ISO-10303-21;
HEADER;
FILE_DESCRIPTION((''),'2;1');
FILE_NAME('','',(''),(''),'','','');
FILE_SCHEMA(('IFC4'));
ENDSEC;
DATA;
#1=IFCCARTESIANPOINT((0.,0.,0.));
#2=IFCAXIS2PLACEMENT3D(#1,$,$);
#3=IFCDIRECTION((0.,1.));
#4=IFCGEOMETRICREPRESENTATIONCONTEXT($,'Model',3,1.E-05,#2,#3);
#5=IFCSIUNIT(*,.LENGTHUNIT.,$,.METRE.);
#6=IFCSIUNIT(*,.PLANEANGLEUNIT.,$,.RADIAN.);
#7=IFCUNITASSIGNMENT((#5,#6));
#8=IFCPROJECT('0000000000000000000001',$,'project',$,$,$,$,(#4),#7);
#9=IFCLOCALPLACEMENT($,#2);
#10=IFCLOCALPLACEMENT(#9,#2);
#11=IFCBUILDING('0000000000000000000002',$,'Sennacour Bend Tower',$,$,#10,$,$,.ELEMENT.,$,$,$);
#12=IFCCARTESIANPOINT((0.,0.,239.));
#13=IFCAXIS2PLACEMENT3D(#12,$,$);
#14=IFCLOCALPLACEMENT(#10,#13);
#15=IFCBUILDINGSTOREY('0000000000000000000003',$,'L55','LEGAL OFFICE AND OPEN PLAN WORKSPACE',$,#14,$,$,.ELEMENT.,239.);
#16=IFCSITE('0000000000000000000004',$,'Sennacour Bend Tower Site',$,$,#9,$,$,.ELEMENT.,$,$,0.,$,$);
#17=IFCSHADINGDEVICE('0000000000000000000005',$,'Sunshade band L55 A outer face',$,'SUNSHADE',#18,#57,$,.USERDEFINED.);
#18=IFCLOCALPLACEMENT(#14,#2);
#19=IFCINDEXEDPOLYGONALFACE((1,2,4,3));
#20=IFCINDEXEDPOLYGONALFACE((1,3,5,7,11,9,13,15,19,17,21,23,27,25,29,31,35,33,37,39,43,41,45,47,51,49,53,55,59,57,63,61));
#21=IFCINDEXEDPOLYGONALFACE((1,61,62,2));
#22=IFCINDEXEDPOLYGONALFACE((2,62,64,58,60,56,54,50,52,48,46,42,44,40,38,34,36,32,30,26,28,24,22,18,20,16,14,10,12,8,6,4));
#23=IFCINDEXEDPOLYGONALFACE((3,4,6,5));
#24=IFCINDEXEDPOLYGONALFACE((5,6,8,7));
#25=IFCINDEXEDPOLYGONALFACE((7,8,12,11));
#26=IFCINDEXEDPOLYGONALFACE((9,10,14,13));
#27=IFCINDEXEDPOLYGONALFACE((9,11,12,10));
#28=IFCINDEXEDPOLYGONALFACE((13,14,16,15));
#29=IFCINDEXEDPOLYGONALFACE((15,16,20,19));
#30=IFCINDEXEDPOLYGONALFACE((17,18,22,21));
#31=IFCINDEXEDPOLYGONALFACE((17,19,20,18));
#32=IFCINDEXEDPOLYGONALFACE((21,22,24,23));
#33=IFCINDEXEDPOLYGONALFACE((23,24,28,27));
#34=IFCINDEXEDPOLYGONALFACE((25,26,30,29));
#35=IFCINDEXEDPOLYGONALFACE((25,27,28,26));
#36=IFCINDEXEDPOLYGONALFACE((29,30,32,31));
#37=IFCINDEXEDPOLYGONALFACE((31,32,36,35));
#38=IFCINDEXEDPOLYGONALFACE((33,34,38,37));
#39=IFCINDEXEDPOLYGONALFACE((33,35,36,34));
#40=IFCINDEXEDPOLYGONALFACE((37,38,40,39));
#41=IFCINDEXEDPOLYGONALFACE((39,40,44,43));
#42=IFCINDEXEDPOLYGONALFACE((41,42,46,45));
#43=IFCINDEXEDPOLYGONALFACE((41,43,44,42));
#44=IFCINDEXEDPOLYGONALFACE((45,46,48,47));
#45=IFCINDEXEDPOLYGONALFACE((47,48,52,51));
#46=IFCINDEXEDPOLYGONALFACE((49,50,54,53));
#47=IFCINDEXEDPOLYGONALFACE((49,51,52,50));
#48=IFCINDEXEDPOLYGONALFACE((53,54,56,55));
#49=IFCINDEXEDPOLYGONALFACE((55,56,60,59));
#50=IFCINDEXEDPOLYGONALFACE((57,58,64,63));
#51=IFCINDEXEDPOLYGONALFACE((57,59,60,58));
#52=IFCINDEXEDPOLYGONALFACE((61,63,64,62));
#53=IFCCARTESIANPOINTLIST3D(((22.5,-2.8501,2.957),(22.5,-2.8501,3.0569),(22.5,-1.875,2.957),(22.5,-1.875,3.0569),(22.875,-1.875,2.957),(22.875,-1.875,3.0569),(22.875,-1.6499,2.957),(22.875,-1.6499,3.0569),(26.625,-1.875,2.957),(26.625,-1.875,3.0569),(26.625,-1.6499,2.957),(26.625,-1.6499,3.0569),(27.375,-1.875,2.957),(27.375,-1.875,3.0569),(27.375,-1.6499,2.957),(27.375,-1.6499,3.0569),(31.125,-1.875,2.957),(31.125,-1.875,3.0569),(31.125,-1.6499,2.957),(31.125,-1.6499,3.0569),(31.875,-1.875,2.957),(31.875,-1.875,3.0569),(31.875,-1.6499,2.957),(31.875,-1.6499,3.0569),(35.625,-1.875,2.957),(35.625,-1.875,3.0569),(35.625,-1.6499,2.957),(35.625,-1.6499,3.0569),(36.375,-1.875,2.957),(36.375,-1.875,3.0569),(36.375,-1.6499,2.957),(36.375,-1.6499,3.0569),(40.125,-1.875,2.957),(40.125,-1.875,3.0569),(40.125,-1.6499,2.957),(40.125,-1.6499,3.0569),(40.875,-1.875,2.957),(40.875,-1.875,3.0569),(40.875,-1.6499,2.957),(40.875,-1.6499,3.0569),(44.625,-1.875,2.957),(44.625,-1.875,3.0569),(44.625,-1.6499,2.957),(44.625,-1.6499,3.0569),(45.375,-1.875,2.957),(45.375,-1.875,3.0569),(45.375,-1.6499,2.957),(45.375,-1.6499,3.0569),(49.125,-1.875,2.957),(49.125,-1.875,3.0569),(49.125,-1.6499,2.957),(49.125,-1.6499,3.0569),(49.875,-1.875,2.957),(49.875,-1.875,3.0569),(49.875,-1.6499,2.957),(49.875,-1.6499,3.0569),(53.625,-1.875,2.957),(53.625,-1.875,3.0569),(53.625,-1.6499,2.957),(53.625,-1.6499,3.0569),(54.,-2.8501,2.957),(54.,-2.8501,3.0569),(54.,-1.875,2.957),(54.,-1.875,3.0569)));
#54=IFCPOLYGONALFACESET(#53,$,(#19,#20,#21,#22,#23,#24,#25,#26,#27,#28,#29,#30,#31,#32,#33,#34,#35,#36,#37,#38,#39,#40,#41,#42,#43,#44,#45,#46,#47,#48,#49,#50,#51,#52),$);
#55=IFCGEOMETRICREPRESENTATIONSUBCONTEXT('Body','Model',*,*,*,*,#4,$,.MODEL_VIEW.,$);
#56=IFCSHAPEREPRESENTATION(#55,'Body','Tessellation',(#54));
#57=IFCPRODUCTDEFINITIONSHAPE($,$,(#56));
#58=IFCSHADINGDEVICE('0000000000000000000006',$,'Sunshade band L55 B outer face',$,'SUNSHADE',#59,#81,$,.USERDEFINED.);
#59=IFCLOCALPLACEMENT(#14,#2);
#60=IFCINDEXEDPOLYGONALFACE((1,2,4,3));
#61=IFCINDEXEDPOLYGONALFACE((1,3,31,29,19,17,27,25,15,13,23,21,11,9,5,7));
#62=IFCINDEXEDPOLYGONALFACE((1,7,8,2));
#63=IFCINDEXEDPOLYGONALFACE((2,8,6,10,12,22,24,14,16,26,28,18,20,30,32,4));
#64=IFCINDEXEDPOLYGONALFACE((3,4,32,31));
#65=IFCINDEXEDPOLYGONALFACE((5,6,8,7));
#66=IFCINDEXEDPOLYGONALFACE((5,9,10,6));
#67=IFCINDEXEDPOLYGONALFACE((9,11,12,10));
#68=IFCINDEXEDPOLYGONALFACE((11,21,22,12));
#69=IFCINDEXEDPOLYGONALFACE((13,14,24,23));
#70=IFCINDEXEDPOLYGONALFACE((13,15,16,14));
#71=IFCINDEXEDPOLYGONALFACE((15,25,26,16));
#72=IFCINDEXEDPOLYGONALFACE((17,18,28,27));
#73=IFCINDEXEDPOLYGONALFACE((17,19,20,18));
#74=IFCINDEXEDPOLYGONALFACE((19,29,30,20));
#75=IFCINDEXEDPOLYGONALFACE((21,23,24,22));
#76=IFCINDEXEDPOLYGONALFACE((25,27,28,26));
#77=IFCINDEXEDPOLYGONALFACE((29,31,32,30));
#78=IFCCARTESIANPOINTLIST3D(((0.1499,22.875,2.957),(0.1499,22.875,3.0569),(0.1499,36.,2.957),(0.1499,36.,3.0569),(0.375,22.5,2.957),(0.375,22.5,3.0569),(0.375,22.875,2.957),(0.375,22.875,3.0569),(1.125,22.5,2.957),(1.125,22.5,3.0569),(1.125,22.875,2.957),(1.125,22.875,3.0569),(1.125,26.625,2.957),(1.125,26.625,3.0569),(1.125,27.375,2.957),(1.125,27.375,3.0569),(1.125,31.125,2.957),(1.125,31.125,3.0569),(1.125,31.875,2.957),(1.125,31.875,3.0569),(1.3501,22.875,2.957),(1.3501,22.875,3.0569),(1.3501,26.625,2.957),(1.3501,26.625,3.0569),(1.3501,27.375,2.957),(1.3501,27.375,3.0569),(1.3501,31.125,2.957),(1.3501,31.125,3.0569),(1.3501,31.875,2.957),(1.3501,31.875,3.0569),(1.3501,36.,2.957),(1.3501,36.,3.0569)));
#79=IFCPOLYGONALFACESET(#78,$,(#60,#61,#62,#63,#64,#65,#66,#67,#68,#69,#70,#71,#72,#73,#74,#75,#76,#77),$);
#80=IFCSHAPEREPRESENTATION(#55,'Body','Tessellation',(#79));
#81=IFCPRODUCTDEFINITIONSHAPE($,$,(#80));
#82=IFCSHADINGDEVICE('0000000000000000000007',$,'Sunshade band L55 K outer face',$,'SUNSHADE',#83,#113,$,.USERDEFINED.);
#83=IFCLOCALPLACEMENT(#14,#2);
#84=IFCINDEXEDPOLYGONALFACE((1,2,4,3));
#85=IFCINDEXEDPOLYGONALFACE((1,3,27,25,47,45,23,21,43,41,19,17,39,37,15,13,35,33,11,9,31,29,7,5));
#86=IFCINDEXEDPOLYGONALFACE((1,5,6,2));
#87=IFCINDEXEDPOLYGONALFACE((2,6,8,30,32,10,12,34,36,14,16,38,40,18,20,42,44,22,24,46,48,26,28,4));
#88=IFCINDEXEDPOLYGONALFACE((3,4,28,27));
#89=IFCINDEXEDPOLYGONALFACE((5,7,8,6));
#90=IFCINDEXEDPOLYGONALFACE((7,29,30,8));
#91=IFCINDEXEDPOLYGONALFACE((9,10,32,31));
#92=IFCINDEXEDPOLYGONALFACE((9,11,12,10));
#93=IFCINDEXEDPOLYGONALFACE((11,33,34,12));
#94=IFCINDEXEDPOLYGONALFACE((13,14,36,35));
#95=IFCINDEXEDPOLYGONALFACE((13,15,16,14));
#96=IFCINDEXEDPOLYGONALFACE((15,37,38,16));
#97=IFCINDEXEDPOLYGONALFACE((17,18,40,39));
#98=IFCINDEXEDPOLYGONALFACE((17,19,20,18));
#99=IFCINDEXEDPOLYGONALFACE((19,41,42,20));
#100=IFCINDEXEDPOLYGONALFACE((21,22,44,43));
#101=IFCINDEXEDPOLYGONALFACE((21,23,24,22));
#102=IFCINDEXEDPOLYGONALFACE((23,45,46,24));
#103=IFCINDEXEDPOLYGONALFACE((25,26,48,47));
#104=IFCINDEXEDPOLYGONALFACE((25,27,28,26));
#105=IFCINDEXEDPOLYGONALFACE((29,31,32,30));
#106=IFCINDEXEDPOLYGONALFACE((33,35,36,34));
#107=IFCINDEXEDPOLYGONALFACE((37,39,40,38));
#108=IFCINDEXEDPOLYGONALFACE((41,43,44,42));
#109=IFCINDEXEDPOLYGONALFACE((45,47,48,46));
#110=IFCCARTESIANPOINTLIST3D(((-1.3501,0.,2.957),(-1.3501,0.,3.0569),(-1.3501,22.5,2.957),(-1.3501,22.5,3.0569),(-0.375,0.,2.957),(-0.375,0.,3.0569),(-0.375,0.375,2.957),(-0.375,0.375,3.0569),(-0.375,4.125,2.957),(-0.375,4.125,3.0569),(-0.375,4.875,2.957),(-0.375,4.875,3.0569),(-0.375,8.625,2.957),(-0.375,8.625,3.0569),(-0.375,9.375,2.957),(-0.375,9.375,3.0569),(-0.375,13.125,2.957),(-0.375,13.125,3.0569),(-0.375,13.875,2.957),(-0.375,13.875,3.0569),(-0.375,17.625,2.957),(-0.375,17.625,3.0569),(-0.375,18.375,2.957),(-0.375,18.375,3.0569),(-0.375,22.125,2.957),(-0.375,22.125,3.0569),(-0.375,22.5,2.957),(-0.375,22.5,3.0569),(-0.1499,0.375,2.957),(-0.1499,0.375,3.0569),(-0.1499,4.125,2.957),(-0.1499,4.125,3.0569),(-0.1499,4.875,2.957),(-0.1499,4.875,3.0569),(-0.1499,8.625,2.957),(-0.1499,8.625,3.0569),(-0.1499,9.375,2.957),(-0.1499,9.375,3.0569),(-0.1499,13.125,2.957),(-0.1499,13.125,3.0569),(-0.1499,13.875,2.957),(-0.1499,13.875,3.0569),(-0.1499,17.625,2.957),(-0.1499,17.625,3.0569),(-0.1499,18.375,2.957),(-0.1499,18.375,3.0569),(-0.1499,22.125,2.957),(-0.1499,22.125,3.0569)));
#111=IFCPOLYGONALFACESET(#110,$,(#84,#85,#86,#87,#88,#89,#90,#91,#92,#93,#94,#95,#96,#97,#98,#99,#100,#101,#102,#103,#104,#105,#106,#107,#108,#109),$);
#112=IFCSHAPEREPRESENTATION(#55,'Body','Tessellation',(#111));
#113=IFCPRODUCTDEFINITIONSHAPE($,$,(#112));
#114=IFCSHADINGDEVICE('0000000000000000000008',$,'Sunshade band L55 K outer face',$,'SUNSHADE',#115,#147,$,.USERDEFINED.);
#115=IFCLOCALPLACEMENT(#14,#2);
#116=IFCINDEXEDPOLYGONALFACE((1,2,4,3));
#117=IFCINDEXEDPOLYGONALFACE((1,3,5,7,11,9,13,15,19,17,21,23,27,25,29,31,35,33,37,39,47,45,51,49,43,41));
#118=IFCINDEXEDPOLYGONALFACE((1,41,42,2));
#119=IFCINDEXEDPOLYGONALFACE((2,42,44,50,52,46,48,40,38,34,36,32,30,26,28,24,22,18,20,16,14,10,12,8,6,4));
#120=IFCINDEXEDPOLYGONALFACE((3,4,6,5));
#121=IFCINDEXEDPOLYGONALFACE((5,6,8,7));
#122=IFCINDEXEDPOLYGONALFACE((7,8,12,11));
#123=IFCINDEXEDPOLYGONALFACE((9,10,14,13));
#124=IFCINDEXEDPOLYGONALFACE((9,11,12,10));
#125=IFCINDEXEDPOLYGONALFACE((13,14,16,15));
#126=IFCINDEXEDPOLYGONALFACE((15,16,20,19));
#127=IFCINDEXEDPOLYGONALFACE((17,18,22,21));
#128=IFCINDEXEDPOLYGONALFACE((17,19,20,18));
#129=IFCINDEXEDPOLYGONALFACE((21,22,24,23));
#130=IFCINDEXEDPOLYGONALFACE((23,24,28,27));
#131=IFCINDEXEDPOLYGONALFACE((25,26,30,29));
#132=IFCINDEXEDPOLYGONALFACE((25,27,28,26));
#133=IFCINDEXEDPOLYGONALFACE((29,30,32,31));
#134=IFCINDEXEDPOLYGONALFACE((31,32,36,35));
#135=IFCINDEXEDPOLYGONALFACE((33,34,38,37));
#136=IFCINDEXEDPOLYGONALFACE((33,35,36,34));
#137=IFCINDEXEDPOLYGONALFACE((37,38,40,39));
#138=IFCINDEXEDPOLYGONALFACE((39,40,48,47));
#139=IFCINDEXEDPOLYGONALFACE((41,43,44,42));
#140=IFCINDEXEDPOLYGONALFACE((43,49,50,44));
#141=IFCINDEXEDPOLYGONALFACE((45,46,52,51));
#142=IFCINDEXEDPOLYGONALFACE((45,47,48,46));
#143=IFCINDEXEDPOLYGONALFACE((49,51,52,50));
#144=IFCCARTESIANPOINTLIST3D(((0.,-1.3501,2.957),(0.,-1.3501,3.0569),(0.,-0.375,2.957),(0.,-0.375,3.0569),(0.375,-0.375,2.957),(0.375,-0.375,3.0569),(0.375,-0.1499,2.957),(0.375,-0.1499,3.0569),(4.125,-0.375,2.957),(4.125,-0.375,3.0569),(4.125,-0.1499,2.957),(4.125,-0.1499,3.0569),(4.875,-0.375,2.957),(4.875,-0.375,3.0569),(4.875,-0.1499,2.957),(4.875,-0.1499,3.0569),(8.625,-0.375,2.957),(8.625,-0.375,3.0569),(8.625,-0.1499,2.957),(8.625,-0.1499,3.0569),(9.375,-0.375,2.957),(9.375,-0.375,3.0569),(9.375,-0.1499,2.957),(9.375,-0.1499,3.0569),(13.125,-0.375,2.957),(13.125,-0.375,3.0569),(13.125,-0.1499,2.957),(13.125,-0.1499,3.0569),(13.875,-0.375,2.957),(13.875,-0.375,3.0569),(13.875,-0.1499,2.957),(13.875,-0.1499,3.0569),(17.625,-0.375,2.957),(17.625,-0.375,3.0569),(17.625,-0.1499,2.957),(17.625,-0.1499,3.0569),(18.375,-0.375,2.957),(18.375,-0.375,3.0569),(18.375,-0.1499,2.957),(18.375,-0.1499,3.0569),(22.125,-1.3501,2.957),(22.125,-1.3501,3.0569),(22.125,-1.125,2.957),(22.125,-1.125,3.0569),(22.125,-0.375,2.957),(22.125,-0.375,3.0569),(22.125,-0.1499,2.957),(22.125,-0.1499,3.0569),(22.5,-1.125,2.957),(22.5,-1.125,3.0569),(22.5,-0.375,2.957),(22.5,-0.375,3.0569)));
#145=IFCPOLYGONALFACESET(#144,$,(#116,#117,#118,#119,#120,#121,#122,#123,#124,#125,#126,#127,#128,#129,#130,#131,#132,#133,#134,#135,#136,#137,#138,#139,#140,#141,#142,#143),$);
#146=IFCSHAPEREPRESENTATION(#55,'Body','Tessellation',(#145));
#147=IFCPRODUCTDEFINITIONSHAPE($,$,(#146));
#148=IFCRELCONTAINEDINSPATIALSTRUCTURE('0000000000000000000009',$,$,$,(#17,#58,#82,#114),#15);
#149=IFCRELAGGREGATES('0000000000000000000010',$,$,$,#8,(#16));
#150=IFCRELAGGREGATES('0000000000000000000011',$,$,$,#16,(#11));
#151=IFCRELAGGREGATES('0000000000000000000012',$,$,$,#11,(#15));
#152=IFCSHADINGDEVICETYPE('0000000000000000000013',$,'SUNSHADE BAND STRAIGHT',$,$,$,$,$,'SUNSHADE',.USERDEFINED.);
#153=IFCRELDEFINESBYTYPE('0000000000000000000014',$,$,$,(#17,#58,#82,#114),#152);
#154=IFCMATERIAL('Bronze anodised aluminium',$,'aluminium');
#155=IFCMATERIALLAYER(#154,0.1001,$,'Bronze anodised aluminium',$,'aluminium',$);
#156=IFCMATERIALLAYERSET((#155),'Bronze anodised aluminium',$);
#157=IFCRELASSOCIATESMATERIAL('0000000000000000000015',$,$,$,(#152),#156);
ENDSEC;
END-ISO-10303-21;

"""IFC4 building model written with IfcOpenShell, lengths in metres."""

from ifc_helpers import new_model, si_unit, direction, frame, origin, place, context, subcontext, project, spatial, polyline, outline, extrude, material, layer, layer_set, type_object, element, save


model = new_model("IFC4")

# Units and contexts
model_context = context("Model", 3, precision=1e-05, world=origin(), true_north=direction((0.0, 1.0)))
body_context = subcontext(model_context, "Body", "Model", "MODEL_VIEW")
ifc_project = project(units=[si_unit("LENGTHUNIT", "METRE"), si_unit("PLANEANGLEUNIT", "RADIAN")], contexts=[model_context])

# Site, building, storey
site_placement = place(None, origin())
site = spatial("IfcSite", under=ifc_project, at=site_placement, Name="Sennacour Bend Tower Site", CompositionType="ELEMENT", RefElevation=0.0)
building_placement = place(site_placement, origin())
building = spatial("IfcBuilding", under=site, at=building_placement, Name="Sennacour Bend Tower", CompositionType="ELEMENT")
storey_placement = place(building_placement, frame((0.0, 0.0, 239.0)))
storey = spatial("IfcBuildingStorey", under=building, at=storey_placement, Name="L55", Description="LEGAL OFFICE AND OPEN PLAN WORKSPACE", CompositionType="ELEMENT", Elevation=239.0)

# Shading devices
ifc_material_1 = material(Name="Bronze anodised aluminium", Category="aluminium")
ifc_layer_1 = layer(ifc_material_1, 0.1001, Name="Bronze anodised aluminium", Category="aluminium")
ifc_layer_set_1 = layer_set([ifc_layer_1], Name="Bronze anodised aluminium")
shading_device_type_1 = type_object("IfcShadingDeviceType", Name="SUNSHADE BAND STRAIGHT", ElementType="SUNSHADE", PredefinedType="USERDEFINED", material=ifc_layer_set_1)
shading_device_1_placement = place(storey_placement, frame((0.0, 0.0, 2.957)))
element("IfcShadingDevice", 1, at=shading_device_1_placement, inside=storey, type_object=shading_device_type_1, Name="Sunshade band L55 A outer face", ObjectType="SUNSHADE", PredefinedType="USERDEFINED", context=body_context, shape_type="SweptSolid", body=[
    extrude(outline(polyline([(26.625, -1.6499), (26.625, -1.875), (27.375, -1.875), (27.375, -1.6499), (31.125, -1.6499), (31.125, -1.875), (31.875, -1.875), (31.875, -1.6499), (35.625, -1.6499), (35.625, -1.875), (36.375, -1.875), (36.375, -1.6499), (40.125, -1.6499), (40.125, -1.875), (40.875, -1.875), (40.875, -1.6499), (44.625, -1.6499), (44.625, -1.875), (45.375, -1.875), (45.375, -1.6499), (49.125, -1.6499), (49.125, -1.875), (49.875, -1.875), (49.875, -1.6499), (53.625, -1.6499), (53.625, -1.875), (54.0, -1.875), (54.0, -2.8501), (22.5, -2.8501), (22.5, -1.875), (22.875, -1.875), (22.875, -1.6499), (26.625, -1.6499)])), origin(), (0.0, 0.0, 1.0), 0.0999),
])
shading_device_2_placement = place(storey_placement, frame((0.0, 0.0, 2.957)))
element("IfcShadingDevice", 2, at=shading_device_2_placement, inside=storey, type_object=shading_device_type_1, Name="Sunshade band L55 B outer face", ObjectType="SUNSHADE", PredefinedType="USERDEFINED", context=body_context, shape_type="SweptSolid", body=[
    extrude(outline(polyline([(1.3501, 31.875), (1.125, 31.875), (1.125, 31.125), (1.3501, 31.125), (1.3501, 27.375), (1.125, 27.375), (1.125, 26.625), (1.3501, 26.625), (1.3501, 22.875), (1.125, 22.875), (1.125, 22.5), (0.375, 22.5), (0.375, 22.875), (0.1499, 22.875), (0.1499, 36.0), (1.3501, 36.0), (1.3501, 31.875)])), origin(), (0.0, 0.0, 1.0), 0.0999),
])
shading_device_3_placement = place(storey_placement, frame((0.0, 0.0, 2.957)))
element("IfcShadingDevice", 3, at=shading_device_3_placement, inside=storey, type_object=shading_device_type_1, Name="Sunshade band L55 K outer face", ObjectType="SUNSHADE", PredefinedType="USERDEFINED", context=body_context, shape_type="SweptSolid", body=[
    extrude(outline(polyline([(-0.1499, 18.375), (-0.375, 18.375), (-0.375, 17.625), (-0.1499, 17.625), (-0.1499, 13.875), (-0.375, 13.875), (-0.375, 13.125), (-0.1499, 13.125), (-0.1499, 9.375), (-0.375, 9.375), (-0.375, 8.625), (-0.1499, 8.625), (-0.1499, 4.875), (-0.375, 4.875), (-0.375, 4.125), (-0.1499, 4.125), (-0.1499, 0.375), (-0.375, 0.375), (-0.375, 0.0), (-1.3501, 0.0), (-1.3501, 22.5), (-0.375, 22.5), (-0.375, 22.125), (-0.1499, 22.125), (-0.1499, 18.375)])), origin(), (0.0, 0.0, 1.0), 0.0999),
])
shading_device_4_placement = place(storey_placement, frame((0.0, 0.0, 2.957)))
element("IfcShadingDevice", 4, at=shading_device_4_placement, inside=storey, type_object=shading_device_type_1, Name="Sunshade band L55 K outer face", ObjectType="SUNSHADE", PredefinedType="USERDEFINED", context=body_context, shape_type="SweptSolid", body=[
    extrude(outline(polyline([(4.125, -0.1499), (4.125, -0.375), (4.875, -0.375), (4.875, -0.1499), (8.625, -0.1499), (8.625, -0.375), (9.375, -0.375), (9.375, -0.1499), (13.125, -0.1499), (13.125, -0.375), (13.875, -0.375), (13.875, -0.1499), (17.625, -0.1499), (17.625, -0.375), (18.375, -0.375), (18.375, -0.1499), (22.125, -0.1499), (22.125, -0.375), (22.5, -0.375), (22.5, -1.125), (22.125, -1.125), (22.125, -1.3501), (0.0, -1.3501), (0.0, -0.375), (0.375, -0.375), (0.375, -0.1499), (4.125, -0.1499)])), origin(), (0.0, 0.0, 1.0), 0.0999),
])

save(model, "model.ifc")
